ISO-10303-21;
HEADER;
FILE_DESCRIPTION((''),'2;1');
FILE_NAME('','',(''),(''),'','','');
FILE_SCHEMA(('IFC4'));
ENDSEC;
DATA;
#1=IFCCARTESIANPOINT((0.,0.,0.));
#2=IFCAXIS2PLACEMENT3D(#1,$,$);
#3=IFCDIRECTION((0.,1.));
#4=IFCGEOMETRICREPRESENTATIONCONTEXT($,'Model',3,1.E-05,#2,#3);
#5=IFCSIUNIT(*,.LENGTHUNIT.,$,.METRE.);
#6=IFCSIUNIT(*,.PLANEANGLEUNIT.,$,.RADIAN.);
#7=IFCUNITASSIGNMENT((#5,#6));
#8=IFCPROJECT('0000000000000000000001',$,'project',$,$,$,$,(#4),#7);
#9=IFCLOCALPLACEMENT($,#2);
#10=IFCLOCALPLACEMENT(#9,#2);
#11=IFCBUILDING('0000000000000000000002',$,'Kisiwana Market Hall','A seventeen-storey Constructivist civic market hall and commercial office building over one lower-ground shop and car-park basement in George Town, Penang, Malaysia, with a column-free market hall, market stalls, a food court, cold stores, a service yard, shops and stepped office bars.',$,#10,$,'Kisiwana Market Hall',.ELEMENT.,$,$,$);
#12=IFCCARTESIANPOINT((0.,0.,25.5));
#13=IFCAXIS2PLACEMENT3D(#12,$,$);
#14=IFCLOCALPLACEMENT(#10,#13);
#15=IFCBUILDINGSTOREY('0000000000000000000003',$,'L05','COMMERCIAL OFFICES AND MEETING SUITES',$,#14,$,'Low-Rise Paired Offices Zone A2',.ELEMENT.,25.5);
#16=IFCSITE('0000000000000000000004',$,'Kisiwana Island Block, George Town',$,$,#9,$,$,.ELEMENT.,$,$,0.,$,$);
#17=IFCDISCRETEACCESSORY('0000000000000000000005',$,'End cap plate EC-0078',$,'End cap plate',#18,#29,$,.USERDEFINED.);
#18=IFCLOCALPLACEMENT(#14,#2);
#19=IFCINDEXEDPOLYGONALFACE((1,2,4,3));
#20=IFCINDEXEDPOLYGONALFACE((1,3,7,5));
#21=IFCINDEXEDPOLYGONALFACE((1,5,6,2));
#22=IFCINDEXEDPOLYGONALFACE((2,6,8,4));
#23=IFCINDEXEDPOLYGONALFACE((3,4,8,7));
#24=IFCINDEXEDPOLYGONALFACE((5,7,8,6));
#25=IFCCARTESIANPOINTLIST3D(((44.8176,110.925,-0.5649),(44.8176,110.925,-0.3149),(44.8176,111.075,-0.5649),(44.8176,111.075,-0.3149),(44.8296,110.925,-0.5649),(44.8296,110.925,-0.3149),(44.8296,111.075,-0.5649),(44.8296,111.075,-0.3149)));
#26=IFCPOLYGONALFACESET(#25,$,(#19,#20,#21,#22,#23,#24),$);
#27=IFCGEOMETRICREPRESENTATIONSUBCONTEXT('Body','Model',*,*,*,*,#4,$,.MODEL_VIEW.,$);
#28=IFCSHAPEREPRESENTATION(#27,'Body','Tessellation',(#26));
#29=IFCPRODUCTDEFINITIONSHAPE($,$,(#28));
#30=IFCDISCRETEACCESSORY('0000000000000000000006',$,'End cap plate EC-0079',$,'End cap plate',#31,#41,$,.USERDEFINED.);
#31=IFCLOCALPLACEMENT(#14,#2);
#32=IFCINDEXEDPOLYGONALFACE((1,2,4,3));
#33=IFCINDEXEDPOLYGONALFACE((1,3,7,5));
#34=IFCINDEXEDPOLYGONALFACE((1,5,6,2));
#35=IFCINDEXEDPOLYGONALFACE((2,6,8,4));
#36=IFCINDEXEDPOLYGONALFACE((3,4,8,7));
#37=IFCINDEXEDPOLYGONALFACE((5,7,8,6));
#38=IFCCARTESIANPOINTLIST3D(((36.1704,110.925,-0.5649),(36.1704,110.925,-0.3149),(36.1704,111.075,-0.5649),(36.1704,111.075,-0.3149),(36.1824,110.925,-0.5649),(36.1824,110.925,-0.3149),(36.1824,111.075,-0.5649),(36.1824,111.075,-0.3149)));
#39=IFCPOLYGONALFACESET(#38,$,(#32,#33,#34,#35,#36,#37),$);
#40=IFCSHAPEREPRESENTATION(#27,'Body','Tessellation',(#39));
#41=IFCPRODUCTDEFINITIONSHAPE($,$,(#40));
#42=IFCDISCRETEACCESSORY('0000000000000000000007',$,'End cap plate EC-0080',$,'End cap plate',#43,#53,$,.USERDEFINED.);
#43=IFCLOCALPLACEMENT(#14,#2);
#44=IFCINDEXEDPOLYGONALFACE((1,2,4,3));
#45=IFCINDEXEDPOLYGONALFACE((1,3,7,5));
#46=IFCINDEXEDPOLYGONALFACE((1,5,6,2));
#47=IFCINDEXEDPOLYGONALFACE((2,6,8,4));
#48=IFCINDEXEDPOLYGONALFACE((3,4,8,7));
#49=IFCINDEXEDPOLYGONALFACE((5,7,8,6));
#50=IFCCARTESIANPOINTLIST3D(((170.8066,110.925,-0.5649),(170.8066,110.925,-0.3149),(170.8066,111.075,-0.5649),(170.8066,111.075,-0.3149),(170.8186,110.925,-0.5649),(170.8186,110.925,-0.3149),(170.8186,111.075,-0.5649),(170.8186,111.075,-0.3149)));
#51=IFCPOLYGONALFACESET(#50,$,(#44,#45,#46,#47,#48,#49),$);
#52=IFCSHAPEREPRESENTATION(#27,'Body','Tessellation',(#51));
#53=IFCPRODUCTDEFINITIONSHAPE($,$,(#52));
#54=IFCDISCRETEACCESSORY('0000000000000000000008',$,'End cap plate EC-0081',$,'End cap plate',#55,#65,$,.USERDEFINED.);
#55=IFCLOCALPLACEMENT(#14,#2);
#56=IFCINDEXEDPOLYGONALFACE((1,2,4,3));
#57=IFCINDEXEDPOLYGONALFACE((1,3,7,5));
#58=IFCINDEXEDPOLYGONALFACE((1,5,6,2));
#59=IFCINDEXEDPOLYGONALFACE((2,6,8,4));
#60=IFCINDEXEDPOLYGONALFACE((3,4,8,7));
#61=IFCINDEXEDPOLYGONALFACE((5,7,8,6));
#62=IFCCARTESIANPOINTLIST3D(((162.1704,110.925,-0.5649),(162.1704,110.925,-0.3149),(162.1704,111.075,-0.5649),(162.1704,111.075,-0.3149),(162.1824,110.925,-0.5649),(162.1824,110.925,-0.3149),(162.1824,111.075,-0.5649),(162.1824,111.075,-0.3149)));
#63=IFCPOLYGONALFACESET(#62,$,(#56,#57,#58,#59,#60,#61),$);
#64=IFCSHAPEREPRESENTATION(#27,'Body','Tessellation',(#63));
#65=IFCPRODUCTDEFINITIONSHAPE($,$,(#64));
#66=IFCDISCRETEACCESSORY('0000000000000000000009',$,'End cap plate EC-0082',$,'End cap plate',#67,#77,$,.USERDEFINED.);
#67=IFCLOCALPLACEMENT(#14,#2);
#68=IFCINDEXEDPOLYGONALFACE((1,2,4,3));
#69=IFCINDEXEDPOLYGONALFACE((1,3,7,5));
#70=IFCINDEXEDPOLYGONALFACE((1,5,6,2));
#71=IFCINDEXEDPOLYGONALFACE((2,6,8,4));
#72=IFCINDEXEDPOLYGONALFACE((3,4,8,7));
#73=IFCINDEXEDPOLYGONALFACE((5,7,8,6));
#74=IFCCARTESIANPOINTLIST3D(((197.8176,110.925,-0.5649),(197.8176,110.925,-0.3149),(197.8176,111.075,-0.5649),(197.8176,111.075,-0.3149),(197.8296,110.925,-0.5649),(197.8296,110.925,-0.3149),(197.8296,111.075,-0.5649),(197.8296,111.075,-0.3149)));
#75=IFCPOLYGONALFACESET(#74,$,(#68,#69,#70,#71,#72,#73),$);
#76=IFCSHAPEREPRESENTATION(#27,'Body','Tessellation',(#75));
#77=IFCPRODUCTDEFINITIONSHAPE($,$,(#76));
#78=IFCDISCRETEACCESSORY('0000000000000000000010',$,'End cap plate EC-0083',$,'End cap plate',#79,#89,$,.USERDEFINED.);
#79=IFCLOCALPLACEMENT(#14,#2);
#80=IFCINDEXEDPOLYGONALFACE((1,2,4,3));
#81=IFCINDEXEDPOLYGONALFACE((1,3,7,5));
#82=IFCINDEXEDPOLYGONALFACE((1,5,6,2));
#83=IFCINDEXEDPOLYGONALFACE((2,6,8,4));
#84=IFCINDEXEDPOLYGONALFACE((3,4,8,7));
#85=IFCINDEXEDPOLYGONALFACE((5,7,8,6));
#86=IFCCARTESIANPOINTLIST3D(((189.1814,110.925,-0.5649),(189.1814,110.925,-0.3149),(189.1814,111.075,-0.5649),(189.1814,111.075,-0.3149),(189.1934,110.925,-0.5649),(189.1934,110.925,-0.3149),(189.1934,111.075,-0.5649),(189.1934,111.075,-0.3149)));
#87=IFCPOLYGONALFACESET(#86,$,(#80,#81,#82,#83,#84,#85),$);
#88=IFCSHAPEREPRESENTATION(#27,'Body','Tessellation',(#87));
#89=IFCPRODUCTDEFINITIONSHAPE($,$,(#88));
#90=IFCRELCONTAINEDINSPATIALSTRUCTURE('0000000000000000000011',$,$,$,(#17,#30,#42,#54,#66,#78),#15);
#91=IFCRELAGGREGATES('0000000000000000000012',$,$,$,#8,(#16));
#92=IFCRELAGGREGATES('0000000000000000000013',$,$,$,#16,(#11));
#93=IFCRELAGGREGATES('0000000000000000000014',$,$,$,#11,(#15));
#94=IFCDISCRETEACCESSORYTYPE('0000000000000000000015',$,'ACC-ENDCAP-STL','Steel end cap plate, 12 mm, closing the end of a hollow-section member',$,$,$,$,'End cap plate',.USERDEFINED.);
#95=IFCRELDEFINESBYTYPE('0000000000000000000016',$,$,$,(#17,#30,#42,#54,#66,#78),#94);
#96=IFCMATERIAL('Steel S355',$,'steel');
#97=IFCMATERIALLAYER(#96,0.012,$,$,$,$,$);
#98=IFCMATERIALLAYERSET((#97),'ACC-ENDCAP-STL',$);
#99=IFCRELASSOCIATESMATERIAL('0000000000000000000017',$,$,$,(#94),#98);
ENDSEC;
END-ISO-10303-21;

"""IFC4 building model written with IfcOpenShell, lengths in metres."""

from ifc_helpers import new_model, si_unit, direction, frame, origin, place, context, subcontext, project, spatial, polyline, outline, extrude, material, layer, layer_set, type_object, element, save


model = new_model("IFC4")

# Units and contexts
model_context = context("Model", 3, precision=1e-05, world=origin(), true_north=direction((0.0, 1.0)))
body_context = subcontext(model_context, "Body", "Model", "MODEL_VIEW")
ifc_project = project(units=[si_unit("LENGTHUNIT", "METRE"), si_unit("PLANEANGLEUNIT", "RADIAN")], contexts=[model_context])

# Site, building, storey
site_placement = place(None, origin())
site = spatial("IfcSite", under=ifc_project, at=site_placement, Name="Kisiwana Island Block, George Town", CompositionType="ELEMENT", RefElevation=0.0)
building_placement = place(site_placement, origin())
building = spatial("IfcBuilding", under=site, at=building_placement, Name="Kisiwana Market Hall", Description="A seventeen-storey Constructivist civic market hall and commercial office building over one lower-ground shop and car-park basement in George Town, Penang, Malaysia, with a column-free market hall, market stalls, a food court, cold stores, a service yard, shops and stepped office bars.", LongName="Kisiwana Market Hall", CompositionType="ELEMENT")
storey_placement = place(building_placement, frame((0.0, 0.0, 25.5)))
storey = spatial("IfcBuildingStorey", under=building, at=storey_placement, Name="L05", Description="COMMERCIAL OFFICES AND MEETING SUITES", LongName="Low-Rise Paired Offices Zone A2", CompositionType="ELEMENT", Elevation=25.5)

# Discrete accessories
ifc_material_1 = material(Name="Steel S355", Category="steel")
ifc_layer_1 = layer(ifc_material_1, 0.012)
ifc_layer_set_1 = layer_set([ifc_layer_1], Name="ACC-ENDCAP-STL")
discrete_accessory_type = type_object("IfcDiscreteAccessoryType", Name="ACC-ENDCAP-STL", Description="Steel end cap plate, 12 mm, closing the end of a hollow-section member", ElementType="End cap plate", PredefinedType="USERDEFINED", material=ifc_layer_set_1)
discrete_accessory_1_placement = place(storey_placement, frame((0.0, 0.0, -0.5649)))
element("IfcDiscreteAccessory", 1, at=discrete_accessory_1_placement, inside=storey, type_object=discrete_accessory_type, Name="End cap plate EC-0078", ObjectType="End cap plate", PredefinedType="USERDEFINED", context=body_context, shape_type="SweptSolid", body=[
    extrude(outline(polyline([(44.8176, 110.925), (44.8296, 110.925), (44.8296, 111.075), (44.8176, 111.075), (44.8176, 110.925)])), origin(), (0.0, 0.0, 1.0), 0.25),
])
discrete_accessory_2_placement = place(storey_placement, frame((0.0, 0.0, -0.5649)))
element("IfcDiscreteAccessory", 2, at=discrete_accessory_2_placement, inside=storey, type_object=discrete_accessory_type, Name="End cap plate EC-0079", ObjectType="End cap plate", PredefinedType="USERDEFINED", context=body_context, shape_type="SweptSolid", body=[
    extrude(outline(polyline([(36.1824, 110.925), (36.1824, 111.075), (36.1704, 111.075), (36.1704, 110.925), (36.1824, 110.925)])), origin(), (0.0, 0.0, 1.0), 0.25),
])
discrete_accessory_3_placement = place(storey_placement, frame((0.0, 0.0, -0.5649)))
element("IfcDiscreteAccessory", 3, at=discrete_accessory_3_placement, inside=storey, type_object=discrete_accessory_type, Name="End cap plate EC-0080", ObjectType="End cap plate", PredefinedType="USERDEFINED", context=body_context, shape_type="SweptSolid", body=[
    extrude(outline(polyline([(170.8066, 110.925), (170.8186, 110.925), (170.8186, 111.075), (170.8066, 111.075), (170.8066, 110.925)])), origin(), (0.0, 0.0, 1.0), 0.25),
])
discrete_accessory_4_placement = place(storey_placement, frame((0.0, 0.0, -0.5649)))
element("IfcDiscreteAccessory", 4, at=discrete_accessory_4_placement, inside=storey, type_object=discrete_accessory_type, Name="End cap plate EC-0081", ObjectType="End cap plate", PredefinedType="USERDEFINED", context=body_context, shape_type="SweptSolid", body=[
    extrude(outline(polyline([(162.1824, 110.925), (162.1824, 111.075), (162.1704, 111.075), (162.1704, 110.925), (162.1824, 110.925)])), origin(), (0.0, 0.0, 1.0), 0.25),
])
discrete_accessory_5_placement = place(storey_placement, frame((0.0, 0.0, -0.5649)))
element("IfcDiscreteAccessory", 5, at=discrete_accessory_5_placement, inside=storey, type_object=discrete_accessory_type, Name="End cap plate EC-0082", ObjectType="End cap plate", PredefinedType="USERDEFINED", context=body_context, shape_type="SweptSolid", body=[
    extrude(outline(polyline([(197.8176, 110.925), (197.8296, 110.925), (197.8296, 111.075), (197.8176, 111.075), (197.8176, 110.925)])), origin(), (0.0, 0.0, 1.0), 0.25),
])
discrete_accessory_6_placement = place(storey_placement, frame((0.0, 0.0, -0.5649)))
element("IfcDiscreteAccessory", 6, at=discrete_accessory_6_placement, inside=storey, type_object=discrete_accessory_type, Name="End cap plate EC-0083", ObjectType="End cap plate", PredefinedType="USERDEFINED", context=body_context, shape_type="SweptSolid", body=[
    extrude(outline(polyline([(189.1934, 110.925), (189.1934, 111.075), (189.1814, 111.075), (189.1814, 110.925), (189.1934, 110.925)])), origin(), (0.0, 0.0, 1.0), 0.25),
])

save(model, "model.ifc")
